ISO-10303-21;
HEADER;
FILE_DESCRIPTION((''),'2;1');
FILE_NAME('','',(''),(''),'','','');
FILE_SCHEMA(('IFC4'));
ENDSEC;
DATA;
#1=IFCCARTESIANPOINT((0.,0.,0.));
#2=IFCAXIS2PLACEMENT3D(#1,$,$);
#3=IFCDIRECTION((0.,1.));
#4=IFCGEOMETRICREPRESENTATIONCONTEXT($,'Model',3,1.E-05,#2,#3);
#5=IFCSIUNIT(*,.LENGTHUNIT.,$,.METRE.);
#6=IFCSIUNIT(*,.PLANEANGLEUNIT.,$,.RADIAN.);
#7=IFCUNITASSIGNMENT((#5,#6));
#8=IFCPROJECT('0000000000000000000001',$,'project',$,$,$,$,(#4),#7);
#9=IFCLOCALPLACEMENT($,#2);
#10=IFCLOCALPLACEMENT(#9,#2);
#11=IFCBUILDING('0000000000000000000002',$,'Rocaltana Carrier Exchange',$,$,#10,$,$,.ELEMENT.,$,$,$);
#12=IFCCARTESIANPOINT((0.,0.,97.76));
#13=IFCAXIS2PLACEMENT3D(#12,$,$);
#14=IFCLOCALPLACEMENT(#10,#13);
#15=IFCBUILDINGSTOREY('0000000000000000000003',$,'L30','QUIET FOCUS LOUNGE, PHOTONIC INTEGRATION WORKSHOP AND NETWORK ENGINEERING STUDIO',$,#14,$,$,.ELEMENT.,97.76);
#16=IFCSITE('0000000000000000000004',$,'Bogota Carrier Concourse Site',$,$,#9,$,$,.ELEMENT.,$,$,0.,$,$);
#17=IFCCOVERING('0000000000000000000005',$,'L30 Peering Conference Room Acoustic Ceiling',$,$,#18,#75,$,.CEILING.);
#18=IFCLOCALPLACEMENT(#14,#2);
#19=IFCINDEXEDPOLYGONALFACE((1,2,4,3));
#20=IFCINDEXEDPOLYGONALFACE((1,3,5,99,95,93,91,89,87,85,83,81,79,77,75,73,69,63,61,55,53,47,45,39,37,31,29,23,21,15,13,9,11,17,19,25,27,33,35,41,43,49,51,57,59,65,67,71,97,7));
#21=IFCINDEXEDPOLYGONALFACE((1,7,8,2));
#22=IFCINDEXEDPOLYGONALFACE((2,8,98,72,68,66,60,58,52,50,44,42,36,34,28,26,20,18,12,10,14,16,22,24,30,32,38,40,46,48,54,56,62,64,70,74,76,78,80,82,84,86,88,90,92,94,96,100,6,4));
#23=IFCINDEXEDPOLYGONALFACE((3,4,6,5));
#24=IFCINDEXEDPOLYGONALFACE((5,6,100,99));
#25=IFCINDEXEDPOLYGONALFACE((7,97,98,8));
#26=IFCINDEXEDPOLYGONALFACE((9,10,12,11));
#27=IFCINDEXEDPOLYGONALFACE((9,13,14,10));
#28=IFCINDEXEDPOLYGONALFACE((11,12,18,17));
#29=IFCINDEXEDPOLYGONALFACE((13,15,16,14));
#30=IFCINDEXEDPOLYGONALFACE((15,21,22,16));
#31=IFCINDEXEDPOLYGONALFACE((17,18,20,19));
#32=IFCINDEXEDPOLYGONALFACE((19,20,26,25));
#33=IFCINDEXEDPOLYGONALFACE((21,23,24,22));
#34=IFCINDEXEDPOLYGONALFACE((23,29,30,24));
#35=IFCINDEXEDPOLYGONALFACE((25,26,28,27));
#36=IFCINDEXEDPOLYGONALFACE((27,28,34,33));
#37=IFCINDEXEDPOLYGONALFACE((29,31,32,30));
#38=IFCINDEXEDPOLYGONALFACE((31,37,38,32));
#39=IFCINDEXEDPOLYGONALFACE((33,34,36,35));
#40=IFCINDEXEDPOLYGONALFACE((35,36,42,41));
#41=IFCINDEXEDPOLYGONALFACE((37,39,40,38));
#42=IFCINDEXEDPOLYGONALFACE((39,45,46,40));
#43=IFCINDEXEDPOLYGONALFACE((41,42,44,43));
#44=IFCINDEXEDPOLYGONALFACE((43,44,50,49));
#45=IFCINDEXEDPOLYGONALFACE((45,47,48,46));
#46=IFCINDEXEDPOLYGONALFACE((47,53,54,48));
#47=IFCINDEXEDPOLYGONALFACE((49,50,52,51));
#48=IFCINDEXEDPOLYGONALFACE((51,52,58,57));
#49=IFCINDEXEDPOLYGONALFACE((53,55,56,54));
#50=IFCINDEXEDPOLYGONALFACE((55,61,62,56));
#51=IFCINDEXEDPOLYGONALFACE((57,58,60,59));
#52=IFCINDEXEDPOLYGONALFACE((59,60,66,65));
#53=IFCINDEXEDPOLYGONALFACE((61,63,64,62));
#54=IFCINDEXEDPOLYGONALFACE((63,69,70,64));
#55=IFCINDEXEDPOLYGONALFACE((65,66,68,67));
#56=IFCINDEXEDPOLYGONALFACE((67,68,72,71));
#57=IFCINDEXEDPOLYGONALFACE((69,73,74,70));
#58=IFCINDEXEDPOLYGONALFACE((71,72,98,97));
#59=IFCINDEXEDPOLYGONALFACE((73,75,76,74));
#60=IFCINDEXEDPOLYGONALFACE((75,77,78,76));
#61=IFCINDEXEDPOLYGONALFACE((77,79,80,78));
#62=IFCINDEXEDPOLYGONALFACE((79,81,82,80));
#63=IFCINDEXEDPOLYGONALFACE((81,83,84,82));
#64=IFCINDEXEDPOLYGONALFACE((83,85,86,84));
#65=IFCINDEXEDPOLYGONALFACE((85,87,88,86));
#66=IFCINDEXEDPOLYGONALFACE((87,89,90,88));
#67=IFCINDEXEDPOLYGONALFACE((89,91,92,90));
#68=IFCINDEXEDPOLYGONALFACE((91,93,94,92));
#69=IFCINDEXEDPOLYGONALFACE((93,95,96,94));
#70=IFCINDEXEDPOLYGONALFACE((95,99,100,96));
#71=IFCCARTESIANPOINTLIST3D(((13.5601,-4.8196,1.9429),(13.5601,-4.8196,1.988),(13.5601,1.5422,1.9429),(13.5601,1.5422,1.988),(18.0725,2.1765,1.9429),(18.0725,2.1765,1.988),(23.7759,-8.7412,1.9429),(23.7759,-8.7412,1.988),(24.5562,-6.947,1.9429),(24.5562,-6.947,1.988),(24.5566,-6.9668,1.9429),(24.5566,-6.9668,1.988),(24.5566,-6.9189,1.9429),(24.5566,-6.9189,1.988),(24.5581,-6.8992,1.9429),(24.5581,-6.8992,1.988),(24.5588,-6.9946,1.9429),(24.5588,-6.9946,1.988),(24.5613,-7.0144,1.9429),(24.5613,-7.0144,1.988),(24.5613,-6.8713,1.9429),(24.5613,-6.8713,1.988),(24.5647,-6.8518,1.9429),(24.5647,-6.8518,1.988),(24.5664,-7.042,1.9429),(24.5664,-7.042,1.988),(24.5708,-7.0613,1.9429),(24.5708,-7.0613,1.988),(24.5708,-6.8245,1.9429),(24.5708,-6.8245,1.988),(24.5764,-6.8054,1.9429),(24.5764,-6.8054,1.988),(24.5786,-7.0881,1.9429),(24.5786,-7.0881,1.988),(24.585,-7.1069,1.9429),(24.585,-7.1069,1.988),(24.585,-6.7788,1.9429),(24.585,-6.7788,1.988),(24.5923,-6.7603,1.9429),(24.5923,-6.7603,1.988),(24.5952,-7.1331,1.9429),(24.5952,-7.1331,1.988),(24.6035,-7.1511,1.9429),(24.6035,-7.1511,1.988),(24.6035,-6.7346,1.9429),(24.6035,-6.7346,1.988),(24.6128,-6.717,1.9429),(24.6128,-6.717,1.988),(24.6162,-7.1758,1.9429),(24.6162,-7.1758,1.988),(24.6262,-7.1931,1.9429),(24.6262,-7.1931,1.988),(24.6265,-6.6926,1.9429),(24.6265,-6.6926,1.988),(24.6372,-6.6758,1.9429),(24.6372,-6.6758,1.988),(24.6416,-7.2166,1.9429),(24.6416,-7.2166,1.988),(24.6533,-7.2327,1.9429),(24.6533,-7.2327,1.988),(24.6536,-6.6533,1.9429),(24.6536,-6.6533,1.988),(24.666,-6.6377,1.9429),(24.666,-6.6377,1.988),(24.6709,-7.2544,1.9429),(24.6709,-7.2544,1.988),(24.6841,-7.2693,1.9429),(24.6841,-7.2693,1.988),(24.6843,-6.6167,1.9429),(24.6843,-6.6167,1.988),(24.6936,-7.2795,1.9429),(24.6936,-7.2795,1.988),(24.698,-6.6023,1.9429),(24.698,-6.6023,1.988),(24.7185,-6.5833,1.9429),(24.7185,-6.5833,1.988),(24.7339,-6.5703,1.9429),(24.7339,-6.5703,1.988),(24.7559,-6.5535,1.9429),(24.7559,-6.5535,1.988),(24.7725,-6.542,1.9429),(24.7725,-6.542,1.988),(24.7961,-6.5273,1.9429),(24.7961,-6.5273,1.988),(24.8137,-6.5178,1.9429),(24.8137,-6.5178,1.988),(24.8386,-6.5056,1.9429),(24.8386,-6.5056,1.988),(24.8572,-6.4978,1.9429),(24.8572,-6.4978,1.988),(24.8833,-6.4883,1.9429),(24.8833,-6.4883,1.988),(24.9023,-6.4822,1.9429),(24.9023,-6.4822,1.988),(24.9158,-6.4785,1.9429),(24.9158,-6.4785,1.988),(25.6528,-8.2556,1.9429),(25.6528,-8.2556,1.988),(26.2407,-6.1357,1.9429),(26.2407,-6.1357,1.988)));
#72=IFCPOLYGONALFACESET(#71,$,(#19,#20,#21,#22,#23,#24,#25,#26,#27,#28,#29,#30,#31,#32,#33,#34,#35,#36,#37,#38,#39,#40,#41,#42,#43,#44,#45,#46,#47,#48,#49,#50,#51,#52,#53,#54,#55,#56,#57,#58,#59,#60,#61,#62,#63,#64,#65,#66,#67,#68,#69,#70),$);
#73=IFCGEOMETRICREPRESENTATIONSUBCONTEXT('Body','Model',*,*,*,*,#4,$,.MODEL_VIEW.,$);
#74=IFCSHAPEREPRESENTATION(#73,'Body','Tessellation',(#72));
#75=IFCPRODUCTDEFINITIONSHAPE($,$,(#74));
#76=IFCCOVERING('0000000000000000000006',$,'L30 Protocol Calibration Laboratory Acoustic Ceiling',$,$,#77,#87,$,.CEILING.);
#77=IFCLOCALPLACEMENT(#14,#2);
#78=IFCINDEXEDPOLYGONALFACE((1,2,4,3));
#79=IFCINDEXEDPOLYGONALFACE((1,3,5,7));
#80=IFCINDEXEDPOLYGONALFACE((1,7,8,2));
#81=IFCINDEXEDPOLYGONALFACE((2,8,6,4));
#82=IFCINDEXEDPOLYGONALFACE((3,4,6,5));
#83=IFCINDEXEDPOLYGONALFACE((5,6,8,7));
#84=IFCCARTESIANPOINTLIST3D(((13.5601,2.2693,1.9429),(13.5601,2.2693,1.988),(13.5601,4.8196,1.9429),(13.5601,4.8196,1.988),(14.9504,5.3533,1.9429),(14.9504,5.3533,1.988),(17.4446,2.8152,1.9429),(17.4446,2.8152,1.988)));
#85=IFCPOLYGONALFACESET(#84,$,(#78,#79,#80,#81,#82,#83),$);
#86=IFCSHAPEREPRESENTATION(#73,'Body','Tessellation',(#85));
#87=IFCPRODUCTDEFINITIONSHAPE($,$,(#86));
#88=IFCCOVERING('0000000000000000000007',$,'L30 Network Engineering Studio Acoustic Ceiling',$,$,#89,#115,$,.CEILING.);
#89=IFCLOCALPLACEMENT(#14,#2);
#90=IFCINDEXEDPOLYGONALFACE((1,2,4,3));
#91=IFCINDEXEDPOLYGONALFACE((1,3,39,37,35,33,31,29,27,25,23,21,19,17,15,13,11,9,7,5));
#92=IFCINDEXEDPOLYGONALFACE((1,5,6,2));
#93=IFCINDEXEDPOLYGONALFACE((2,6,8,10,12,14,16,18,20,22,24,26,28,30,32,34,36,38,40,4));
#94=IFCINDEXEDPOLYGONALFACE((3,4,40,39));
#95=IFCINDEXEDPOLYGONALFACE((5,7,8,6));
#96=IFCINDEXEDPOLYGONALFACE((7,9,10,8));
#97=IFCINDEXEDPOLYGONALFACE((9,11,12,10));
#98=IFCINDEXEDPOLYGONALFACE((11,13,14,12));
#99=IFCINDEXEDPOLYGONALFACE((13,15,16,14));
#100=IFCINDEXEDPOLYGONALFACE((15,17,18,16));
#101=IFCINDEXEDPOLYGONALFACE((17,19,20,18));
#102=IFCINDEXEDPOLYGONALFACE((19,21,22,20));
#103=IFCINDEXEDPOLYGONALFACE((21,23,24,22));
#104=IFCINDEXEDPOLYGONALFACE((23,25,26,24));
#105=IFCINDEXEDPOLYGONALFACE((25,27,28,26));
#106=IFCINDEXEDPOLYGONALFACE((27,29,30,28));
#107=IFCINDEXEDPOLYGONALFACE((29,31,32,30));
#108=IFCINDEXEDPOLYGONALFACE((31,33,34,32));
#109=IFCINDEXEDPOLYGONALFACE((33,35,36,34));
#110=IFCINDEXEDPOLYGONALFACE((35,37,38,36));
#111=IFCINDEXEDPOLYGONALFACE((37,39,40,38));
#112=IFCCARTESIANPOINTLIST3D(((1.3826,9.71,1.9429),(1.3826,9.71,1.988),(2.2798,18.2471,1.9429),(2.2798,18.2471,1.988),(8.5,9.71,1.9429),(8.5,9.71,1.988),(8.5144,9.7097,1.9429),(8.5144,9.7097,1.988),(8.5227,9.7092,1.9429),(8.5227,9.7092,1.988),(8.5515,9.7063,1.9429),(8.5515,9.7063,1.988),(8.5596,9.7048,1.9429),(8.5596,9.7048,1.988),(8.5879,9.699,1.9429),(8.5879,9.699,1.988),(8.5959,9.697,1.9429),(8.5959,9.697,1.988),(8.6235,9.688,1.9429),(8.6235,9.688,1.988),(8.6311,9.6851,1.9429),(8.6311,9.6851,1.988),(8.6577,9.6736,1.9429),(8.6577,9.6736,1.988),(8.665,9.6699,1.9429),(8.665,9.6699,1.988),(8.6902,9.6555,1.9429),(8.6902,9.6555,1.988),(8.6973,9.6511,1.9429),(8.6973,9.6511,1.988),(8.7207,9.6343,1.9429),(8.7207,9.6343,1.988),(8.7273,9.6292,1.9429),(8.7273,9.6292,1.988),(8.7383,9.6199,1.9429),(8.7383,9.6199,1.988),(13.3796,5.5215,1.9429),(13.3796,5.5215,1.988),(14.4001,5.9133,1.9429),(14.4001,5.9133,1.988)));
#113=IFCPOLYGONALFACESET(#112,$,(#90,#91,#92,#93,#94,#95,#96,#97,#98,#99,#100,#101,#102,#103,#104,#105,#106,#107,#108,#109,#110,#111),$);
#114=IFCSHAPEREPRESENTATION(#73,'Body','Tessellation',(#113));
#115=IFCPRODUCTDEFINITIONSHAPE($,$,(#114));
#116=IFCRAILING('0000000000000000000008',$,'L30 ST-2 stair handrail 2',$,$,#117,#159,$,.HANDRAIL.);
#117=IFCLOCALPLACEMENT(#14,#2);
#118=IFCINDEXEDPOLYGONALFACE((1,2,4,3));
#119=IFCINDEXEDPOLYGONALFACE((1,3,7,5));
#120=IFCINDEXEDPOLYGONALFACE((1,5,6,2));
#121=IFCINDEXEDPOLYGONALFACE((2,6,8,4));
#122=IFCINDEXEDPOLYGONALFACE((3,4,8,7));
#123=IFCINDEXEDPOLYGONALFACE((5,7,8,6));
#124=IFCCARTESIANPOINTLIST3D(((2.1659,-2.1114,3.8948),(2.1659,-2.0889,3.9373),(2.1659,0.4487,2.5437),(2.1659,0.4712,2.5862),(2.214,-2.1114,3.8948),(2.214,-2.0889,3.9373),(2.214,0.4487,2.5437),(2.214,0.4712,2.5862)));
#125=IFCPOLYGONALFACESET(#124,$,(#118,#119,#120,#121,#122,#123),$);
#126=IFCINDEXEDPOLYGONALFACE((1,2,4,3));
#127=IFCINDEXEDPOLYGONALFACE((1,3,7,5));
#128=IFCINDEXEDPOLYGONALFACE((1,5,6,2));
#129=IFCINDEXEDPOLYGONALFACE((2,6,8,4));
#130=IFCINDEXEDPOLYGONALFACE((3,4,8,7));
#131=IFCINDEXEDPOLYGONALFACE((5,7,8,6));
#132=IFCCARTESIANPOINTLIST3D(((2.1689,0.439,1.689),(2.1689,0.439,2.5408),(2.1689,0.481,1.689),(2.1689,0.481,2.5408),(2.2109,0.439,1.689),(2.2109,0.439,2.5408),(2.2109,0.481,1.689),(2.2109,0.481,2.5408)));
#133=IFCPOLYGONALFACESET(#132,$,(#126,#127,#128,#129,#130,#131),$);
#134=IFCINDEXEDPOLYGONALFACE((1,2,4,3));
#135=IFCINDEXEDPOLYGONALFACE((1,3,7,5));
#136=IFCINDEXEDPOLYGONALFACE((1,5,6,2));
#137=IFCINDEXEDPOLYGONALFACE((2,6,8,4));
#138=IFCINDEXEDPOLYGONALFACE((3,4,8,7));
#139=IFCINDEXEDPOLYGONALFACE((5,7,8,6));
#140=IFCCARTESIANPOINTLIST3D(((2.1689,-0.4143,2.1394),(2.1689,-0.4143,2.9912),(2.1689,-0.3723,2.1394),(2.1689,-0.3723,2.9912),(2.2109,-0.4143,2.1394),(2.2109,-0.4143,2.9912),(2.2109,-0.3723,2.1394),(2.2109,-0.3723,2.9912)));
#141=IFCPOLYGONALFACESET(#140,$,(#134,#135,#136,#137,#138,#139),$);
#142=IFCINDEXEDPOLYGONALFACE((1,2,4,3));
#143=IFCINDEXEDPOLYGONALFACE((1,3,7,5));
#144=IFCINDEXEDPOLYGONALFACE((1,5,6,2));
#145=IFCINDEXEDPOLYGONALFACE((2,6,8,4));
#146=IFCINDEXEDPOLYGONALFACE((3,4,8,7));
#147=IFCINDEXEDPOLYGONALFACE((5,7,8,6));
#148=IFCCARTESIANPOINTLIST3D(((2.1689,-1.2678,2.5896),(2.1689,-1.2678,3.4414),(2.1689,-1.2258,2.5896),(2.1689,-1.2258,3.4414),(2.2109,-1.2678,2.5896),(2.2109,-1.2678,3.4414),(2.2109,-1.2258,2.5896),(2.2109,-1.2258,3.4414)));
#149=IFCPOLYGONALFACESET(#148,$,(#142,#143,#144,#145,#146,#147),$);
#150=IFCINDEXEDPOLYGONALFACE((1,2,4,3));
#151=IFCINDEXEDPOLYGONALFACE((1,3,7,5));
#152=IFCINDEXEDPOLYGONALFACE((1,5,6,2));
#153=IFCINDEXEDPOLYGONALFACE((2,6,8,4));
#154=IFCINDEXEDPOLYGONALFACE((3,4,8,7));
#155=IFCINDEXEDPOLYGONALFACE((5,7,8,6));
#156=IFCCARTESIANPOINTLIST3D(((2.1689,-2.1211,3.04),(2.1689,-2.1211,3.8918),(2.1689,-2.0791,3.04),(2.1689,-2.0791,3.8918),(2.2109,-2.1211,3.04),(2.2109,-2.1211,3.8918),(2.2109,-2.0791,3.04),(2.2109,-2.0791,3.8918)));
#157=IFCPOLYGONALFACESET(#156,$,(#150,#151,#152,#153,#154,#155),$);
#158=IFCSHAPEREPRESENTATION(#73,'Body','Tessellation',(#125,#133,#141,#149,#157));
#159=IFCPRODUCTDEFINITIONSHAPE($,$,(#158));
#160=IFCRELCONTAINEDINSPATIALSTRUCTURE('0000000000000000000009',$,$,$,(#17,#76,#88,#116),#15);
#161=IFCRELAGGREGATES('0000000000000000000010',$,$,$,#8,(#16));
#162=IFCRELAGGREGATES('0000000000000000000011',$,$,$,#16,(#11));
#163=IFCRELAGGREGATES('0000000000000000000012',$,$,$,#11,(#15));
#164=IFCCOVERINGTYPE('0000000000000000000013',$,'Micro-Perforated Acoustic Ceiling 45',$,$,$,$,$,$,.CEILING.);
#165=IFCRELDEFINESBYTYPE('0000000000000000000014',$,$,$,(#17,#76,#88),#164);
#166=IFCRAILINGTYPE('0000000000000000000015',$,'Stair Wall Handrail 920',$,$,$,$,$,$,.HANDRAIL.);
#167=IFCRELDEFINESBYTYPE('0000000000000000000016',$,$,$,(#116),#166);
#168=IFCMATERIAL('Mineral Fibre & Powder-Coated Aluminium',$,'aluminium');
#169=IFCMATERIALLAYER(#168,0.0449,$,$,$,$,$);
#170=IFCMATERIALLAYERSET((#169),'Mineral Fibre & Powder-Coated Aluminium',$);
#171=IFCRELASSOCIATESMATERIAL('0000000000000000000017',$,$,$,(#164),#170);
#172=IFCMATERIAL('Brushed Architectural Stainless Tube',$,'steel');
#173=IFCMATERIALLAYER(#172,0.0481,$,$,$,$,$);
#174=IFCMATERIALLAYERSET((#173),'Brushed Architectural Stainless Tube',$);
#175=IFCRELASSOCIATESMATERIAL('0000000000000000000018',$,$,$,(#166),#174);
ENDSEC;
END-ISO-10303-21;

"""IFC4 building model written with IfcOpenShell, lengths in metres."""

from ifc_helpers import new_model, si_unit, direction, frame, origin, origin_2d, place, context, subcontext, project, spatial, polyline, rectangle, outline, extrude, material, layer, layer_set, type_object, element, save


model = new_model("IFC4")

# Units and contexts
model_context = context("Model", 3, precision=1e-05, world=origin(), true_north=direction((0.0, 1.0)))
body_context = subcontext(model_context, "Body", "Model", "MODEL_VIEW")
ifc_project = project(units=[si_unit("LENGTHUNIT", "METRE"), si_unit("PLANEANGLEUNIT", "RADIAN")], contexts=[model_context])

# Site, building, storey
site_placement = place(None, origin())
site = spatial("IfcSite", under=ifc_project, at=site_placement, Name="Bogota Carrier Concourse Site", CompositionType="ELEMENT", RefElevation=0.0)
building_placement = place(site_placement, origin())
building = spatial("IfcBuilding", under=site, at=building_placement, Name="Rocaltana Carrier Exchange", CompositionType="ELEMENT")
storey_placement = place(building_placement, frame((0.0, 0.0, 97.76)))
storey = spatial("IfcBuildingStorey", under=building, at=storey_placement, Name="L30", Description="QUIET FOCUS LOUNGE, PHOTONIC INTEGRATION WORKSHOP AND NETWORK ENGINEERING STUDIO", CompositionType="ELEMENT", Elevation=97.76)

# Coverings
ifc_material_1 = material(Name="Mineral Fibre & Powder-Coated Aluminium", Category="aluminium")
ifc_layer_1 = layer(ifc_material_1, 0.0449)
ifc_layer_set_1 = layer_set([ifc_layer_1], Name="Mineral Fibre & Powder-Coated Aluminium")
covering_type_1 = type_object("IfcCoveringType", Name="Micro-Perforated Acoustic Ceiling 45", PredefinedType="CEILING", material=ifc_layer_set_1)
covering_1_placement = place(storey_placement, frame((0.0, 0.0, 1.9429)))
element("IfcCovering", 1, at=covering_1_placement, inside=storey, type_object=covering_type_1, Name="L30 Peering Conference Room Acoustic Ceiling", PredefinedType="CEILING", context=body_context, shape_type="SweptSolid", body=[
    extrude(outline(polyline([(26.2407, -6.1357), (24.9158, -6.4785), (24.9023, -6.4822), (24.8833, -6.4883), (24.8572, -6.4978), (24.8386, -6.5056), (24.8137, -6.5178), (24.7961, -6.5273), (24.7725, -6.542), (24.7559, -6.5535), (24.7339, -6.5703), (24.7185, -6.5833), (24.698, -6.6023), (24.6843, -6.6167), (24.666, -6.6377), (24.6536, -6.6533), (24.6372, -6.6758), (24.6265, -6.6926), (24.6128, -6.717), (24.6035, -6.7346), (24.5923, -6.7603), (24.585, -6.7788), (24.5764, -6.8054), (24.5708, -6.8245), (24.5647, -6.8518), (24.5613, -6.8713), (24.5581, -6.8992), (24.5566, -6.9189), (24.5562, -6.947), (24.5566, -6.9668), (24.5588, -6.9946), (24.5613, -7.0144), (24.5664, -7.042), (24.5708, -7.0613), (24.5786, -7.0881), (24.585, -7.1069), (24.5952, -7.1331), (24.6035, -7.1511), (24.6162, -7.1758), (24.6262, -7.1931), (24.6416, -7.2166), (24.6533, -7.2327), (24.6709, -7.2544), (24.6841, -7.2693), (24.6936, -7.2795), (25.6528, -8.2556), (23.7759, -8.7412), (13.5601, -4.8196), (13.5601, 1.5422), (18.0725, 2.1765), (26.2407, -6.1357)])), origin(), (0.0, 0.0, 1.0), 0.0452),
])
covering_2_placement = place(storey_placement, frame((0.0, 0.0, 1.9429)))
element("IfcCovering", 2, at=covering_2_placement, inside=storey, type_object=covering_type_1, Name="L30 Protocol Calibration Laboratory Acoustic Ceiling", PredefinedType="CEILING", context=body_context, shape_type="SweptSolid", body=[
    extrude(outline(polyline([(17.4446, 2.8152), (13.5601, 2.2693), (13.5601, 4.8196), (14.9504, 5.3533), (17.4446, 2.8152)])), origin(), (0.0, 0.0, 1.0), 0.0452),
])
covering_3_placement = place(storey_placement, frame((0.0, 0.0, 1.9429)))
element("IfcCovering", 3, at=covering_3_placement, inside=storey, type_object=covering_type_1, Name="L30 Network Engineering Studio Acoustic Ceiling", PredefinedType="CEILING", context=body_context, shape_type="SweptSolid", body=[
    extrude(outline(polyline([(13.3796, 5.5215), (8.7383, 9.6199), (8.7273, 9.6292), (8.7207, 9.6343), (8.6973, 9.6511), (8.6902, 9.6555), (8.665, 9.6699), (8.6577, 9.6736), (8.6311, 9.6851), (8.6235, 9.688), (8.5959, 9.697), (8.5879, 9.699), (8.5596, 9.7048), (8.5515, 9.7063), (8.5227, 9.7092), (8.5144, 9.7097), (8.5, 9.71), (1.3826, 9.71), (2.2798, 18.2471), (14.4001, 5.9133), (13.3796, 5.5215)])), origin(), (0.0, 0.0, 1.0), 0.0452),
])

# Railing
ifc_material_2 = material(Name="Brushed Architectural Stainless Tube", Category="steel")
ifc_layer_2 = layer(ifc_material_2, 0.0481)
ifc_layer_set_2 = layer_set([ifc_layer_2], Name="Brushed Architectural Stainless Tube")
railing_type_1 = type_object("IfcRailingType", Name="Stair Wall Handrail 920", PredefinedType="HANDRAIL", material=ifc_layer_set_2)
railing_1_placement = place(storey_placement, frame((2.1899, 0.46, 1.689)))
element("IfcRailing", 4, at=railing_1_placement, inside=storey, type_object=railing_type_1, Name="L30 ST-2 stair handrail 2", PredefinedType="HANDRAIL", context=body_context, shape_type="SweptSolid", body=[
    extrude(rectangle(XDim=0.0481, YDim=0.0481, at=origin_2d()), frame((0.0, 0.0, 0.876), z_axis=(0.0, -0.884394, 0.46674), x_axis=(1.0, 0.0, 0.0)), (0.0, 0.0, 1.0), 2.8948),
    extrude(rectangle(XDim=0.042, YDim=0.042, at=origin_2d()), origin(), (0.0, 0.0, 1.0), 0.8518),
    extrude(rectangle(XDim=0.042, YDim=0.042, at=origin_2d()), frame((0.0, -0.8533, 0.4504)), (0.0, 0.0, 1.0), 0.8518),
    extrude(rectangle(XDim=0.042, YDim=0.042, at=origin_2d()), frame((0.0, -1.7068, 0.9006)), (0.0, 0.0, 1.0), 0.8518),
    extrude(rectangle(XDim=0.042, YDim=0.042, at=origin_2d()), frame((0.0, -2.5601, 1.3511)), (0.0, 0.0, 1.0), 0.8518),
])

save(model, "model.ifc")
